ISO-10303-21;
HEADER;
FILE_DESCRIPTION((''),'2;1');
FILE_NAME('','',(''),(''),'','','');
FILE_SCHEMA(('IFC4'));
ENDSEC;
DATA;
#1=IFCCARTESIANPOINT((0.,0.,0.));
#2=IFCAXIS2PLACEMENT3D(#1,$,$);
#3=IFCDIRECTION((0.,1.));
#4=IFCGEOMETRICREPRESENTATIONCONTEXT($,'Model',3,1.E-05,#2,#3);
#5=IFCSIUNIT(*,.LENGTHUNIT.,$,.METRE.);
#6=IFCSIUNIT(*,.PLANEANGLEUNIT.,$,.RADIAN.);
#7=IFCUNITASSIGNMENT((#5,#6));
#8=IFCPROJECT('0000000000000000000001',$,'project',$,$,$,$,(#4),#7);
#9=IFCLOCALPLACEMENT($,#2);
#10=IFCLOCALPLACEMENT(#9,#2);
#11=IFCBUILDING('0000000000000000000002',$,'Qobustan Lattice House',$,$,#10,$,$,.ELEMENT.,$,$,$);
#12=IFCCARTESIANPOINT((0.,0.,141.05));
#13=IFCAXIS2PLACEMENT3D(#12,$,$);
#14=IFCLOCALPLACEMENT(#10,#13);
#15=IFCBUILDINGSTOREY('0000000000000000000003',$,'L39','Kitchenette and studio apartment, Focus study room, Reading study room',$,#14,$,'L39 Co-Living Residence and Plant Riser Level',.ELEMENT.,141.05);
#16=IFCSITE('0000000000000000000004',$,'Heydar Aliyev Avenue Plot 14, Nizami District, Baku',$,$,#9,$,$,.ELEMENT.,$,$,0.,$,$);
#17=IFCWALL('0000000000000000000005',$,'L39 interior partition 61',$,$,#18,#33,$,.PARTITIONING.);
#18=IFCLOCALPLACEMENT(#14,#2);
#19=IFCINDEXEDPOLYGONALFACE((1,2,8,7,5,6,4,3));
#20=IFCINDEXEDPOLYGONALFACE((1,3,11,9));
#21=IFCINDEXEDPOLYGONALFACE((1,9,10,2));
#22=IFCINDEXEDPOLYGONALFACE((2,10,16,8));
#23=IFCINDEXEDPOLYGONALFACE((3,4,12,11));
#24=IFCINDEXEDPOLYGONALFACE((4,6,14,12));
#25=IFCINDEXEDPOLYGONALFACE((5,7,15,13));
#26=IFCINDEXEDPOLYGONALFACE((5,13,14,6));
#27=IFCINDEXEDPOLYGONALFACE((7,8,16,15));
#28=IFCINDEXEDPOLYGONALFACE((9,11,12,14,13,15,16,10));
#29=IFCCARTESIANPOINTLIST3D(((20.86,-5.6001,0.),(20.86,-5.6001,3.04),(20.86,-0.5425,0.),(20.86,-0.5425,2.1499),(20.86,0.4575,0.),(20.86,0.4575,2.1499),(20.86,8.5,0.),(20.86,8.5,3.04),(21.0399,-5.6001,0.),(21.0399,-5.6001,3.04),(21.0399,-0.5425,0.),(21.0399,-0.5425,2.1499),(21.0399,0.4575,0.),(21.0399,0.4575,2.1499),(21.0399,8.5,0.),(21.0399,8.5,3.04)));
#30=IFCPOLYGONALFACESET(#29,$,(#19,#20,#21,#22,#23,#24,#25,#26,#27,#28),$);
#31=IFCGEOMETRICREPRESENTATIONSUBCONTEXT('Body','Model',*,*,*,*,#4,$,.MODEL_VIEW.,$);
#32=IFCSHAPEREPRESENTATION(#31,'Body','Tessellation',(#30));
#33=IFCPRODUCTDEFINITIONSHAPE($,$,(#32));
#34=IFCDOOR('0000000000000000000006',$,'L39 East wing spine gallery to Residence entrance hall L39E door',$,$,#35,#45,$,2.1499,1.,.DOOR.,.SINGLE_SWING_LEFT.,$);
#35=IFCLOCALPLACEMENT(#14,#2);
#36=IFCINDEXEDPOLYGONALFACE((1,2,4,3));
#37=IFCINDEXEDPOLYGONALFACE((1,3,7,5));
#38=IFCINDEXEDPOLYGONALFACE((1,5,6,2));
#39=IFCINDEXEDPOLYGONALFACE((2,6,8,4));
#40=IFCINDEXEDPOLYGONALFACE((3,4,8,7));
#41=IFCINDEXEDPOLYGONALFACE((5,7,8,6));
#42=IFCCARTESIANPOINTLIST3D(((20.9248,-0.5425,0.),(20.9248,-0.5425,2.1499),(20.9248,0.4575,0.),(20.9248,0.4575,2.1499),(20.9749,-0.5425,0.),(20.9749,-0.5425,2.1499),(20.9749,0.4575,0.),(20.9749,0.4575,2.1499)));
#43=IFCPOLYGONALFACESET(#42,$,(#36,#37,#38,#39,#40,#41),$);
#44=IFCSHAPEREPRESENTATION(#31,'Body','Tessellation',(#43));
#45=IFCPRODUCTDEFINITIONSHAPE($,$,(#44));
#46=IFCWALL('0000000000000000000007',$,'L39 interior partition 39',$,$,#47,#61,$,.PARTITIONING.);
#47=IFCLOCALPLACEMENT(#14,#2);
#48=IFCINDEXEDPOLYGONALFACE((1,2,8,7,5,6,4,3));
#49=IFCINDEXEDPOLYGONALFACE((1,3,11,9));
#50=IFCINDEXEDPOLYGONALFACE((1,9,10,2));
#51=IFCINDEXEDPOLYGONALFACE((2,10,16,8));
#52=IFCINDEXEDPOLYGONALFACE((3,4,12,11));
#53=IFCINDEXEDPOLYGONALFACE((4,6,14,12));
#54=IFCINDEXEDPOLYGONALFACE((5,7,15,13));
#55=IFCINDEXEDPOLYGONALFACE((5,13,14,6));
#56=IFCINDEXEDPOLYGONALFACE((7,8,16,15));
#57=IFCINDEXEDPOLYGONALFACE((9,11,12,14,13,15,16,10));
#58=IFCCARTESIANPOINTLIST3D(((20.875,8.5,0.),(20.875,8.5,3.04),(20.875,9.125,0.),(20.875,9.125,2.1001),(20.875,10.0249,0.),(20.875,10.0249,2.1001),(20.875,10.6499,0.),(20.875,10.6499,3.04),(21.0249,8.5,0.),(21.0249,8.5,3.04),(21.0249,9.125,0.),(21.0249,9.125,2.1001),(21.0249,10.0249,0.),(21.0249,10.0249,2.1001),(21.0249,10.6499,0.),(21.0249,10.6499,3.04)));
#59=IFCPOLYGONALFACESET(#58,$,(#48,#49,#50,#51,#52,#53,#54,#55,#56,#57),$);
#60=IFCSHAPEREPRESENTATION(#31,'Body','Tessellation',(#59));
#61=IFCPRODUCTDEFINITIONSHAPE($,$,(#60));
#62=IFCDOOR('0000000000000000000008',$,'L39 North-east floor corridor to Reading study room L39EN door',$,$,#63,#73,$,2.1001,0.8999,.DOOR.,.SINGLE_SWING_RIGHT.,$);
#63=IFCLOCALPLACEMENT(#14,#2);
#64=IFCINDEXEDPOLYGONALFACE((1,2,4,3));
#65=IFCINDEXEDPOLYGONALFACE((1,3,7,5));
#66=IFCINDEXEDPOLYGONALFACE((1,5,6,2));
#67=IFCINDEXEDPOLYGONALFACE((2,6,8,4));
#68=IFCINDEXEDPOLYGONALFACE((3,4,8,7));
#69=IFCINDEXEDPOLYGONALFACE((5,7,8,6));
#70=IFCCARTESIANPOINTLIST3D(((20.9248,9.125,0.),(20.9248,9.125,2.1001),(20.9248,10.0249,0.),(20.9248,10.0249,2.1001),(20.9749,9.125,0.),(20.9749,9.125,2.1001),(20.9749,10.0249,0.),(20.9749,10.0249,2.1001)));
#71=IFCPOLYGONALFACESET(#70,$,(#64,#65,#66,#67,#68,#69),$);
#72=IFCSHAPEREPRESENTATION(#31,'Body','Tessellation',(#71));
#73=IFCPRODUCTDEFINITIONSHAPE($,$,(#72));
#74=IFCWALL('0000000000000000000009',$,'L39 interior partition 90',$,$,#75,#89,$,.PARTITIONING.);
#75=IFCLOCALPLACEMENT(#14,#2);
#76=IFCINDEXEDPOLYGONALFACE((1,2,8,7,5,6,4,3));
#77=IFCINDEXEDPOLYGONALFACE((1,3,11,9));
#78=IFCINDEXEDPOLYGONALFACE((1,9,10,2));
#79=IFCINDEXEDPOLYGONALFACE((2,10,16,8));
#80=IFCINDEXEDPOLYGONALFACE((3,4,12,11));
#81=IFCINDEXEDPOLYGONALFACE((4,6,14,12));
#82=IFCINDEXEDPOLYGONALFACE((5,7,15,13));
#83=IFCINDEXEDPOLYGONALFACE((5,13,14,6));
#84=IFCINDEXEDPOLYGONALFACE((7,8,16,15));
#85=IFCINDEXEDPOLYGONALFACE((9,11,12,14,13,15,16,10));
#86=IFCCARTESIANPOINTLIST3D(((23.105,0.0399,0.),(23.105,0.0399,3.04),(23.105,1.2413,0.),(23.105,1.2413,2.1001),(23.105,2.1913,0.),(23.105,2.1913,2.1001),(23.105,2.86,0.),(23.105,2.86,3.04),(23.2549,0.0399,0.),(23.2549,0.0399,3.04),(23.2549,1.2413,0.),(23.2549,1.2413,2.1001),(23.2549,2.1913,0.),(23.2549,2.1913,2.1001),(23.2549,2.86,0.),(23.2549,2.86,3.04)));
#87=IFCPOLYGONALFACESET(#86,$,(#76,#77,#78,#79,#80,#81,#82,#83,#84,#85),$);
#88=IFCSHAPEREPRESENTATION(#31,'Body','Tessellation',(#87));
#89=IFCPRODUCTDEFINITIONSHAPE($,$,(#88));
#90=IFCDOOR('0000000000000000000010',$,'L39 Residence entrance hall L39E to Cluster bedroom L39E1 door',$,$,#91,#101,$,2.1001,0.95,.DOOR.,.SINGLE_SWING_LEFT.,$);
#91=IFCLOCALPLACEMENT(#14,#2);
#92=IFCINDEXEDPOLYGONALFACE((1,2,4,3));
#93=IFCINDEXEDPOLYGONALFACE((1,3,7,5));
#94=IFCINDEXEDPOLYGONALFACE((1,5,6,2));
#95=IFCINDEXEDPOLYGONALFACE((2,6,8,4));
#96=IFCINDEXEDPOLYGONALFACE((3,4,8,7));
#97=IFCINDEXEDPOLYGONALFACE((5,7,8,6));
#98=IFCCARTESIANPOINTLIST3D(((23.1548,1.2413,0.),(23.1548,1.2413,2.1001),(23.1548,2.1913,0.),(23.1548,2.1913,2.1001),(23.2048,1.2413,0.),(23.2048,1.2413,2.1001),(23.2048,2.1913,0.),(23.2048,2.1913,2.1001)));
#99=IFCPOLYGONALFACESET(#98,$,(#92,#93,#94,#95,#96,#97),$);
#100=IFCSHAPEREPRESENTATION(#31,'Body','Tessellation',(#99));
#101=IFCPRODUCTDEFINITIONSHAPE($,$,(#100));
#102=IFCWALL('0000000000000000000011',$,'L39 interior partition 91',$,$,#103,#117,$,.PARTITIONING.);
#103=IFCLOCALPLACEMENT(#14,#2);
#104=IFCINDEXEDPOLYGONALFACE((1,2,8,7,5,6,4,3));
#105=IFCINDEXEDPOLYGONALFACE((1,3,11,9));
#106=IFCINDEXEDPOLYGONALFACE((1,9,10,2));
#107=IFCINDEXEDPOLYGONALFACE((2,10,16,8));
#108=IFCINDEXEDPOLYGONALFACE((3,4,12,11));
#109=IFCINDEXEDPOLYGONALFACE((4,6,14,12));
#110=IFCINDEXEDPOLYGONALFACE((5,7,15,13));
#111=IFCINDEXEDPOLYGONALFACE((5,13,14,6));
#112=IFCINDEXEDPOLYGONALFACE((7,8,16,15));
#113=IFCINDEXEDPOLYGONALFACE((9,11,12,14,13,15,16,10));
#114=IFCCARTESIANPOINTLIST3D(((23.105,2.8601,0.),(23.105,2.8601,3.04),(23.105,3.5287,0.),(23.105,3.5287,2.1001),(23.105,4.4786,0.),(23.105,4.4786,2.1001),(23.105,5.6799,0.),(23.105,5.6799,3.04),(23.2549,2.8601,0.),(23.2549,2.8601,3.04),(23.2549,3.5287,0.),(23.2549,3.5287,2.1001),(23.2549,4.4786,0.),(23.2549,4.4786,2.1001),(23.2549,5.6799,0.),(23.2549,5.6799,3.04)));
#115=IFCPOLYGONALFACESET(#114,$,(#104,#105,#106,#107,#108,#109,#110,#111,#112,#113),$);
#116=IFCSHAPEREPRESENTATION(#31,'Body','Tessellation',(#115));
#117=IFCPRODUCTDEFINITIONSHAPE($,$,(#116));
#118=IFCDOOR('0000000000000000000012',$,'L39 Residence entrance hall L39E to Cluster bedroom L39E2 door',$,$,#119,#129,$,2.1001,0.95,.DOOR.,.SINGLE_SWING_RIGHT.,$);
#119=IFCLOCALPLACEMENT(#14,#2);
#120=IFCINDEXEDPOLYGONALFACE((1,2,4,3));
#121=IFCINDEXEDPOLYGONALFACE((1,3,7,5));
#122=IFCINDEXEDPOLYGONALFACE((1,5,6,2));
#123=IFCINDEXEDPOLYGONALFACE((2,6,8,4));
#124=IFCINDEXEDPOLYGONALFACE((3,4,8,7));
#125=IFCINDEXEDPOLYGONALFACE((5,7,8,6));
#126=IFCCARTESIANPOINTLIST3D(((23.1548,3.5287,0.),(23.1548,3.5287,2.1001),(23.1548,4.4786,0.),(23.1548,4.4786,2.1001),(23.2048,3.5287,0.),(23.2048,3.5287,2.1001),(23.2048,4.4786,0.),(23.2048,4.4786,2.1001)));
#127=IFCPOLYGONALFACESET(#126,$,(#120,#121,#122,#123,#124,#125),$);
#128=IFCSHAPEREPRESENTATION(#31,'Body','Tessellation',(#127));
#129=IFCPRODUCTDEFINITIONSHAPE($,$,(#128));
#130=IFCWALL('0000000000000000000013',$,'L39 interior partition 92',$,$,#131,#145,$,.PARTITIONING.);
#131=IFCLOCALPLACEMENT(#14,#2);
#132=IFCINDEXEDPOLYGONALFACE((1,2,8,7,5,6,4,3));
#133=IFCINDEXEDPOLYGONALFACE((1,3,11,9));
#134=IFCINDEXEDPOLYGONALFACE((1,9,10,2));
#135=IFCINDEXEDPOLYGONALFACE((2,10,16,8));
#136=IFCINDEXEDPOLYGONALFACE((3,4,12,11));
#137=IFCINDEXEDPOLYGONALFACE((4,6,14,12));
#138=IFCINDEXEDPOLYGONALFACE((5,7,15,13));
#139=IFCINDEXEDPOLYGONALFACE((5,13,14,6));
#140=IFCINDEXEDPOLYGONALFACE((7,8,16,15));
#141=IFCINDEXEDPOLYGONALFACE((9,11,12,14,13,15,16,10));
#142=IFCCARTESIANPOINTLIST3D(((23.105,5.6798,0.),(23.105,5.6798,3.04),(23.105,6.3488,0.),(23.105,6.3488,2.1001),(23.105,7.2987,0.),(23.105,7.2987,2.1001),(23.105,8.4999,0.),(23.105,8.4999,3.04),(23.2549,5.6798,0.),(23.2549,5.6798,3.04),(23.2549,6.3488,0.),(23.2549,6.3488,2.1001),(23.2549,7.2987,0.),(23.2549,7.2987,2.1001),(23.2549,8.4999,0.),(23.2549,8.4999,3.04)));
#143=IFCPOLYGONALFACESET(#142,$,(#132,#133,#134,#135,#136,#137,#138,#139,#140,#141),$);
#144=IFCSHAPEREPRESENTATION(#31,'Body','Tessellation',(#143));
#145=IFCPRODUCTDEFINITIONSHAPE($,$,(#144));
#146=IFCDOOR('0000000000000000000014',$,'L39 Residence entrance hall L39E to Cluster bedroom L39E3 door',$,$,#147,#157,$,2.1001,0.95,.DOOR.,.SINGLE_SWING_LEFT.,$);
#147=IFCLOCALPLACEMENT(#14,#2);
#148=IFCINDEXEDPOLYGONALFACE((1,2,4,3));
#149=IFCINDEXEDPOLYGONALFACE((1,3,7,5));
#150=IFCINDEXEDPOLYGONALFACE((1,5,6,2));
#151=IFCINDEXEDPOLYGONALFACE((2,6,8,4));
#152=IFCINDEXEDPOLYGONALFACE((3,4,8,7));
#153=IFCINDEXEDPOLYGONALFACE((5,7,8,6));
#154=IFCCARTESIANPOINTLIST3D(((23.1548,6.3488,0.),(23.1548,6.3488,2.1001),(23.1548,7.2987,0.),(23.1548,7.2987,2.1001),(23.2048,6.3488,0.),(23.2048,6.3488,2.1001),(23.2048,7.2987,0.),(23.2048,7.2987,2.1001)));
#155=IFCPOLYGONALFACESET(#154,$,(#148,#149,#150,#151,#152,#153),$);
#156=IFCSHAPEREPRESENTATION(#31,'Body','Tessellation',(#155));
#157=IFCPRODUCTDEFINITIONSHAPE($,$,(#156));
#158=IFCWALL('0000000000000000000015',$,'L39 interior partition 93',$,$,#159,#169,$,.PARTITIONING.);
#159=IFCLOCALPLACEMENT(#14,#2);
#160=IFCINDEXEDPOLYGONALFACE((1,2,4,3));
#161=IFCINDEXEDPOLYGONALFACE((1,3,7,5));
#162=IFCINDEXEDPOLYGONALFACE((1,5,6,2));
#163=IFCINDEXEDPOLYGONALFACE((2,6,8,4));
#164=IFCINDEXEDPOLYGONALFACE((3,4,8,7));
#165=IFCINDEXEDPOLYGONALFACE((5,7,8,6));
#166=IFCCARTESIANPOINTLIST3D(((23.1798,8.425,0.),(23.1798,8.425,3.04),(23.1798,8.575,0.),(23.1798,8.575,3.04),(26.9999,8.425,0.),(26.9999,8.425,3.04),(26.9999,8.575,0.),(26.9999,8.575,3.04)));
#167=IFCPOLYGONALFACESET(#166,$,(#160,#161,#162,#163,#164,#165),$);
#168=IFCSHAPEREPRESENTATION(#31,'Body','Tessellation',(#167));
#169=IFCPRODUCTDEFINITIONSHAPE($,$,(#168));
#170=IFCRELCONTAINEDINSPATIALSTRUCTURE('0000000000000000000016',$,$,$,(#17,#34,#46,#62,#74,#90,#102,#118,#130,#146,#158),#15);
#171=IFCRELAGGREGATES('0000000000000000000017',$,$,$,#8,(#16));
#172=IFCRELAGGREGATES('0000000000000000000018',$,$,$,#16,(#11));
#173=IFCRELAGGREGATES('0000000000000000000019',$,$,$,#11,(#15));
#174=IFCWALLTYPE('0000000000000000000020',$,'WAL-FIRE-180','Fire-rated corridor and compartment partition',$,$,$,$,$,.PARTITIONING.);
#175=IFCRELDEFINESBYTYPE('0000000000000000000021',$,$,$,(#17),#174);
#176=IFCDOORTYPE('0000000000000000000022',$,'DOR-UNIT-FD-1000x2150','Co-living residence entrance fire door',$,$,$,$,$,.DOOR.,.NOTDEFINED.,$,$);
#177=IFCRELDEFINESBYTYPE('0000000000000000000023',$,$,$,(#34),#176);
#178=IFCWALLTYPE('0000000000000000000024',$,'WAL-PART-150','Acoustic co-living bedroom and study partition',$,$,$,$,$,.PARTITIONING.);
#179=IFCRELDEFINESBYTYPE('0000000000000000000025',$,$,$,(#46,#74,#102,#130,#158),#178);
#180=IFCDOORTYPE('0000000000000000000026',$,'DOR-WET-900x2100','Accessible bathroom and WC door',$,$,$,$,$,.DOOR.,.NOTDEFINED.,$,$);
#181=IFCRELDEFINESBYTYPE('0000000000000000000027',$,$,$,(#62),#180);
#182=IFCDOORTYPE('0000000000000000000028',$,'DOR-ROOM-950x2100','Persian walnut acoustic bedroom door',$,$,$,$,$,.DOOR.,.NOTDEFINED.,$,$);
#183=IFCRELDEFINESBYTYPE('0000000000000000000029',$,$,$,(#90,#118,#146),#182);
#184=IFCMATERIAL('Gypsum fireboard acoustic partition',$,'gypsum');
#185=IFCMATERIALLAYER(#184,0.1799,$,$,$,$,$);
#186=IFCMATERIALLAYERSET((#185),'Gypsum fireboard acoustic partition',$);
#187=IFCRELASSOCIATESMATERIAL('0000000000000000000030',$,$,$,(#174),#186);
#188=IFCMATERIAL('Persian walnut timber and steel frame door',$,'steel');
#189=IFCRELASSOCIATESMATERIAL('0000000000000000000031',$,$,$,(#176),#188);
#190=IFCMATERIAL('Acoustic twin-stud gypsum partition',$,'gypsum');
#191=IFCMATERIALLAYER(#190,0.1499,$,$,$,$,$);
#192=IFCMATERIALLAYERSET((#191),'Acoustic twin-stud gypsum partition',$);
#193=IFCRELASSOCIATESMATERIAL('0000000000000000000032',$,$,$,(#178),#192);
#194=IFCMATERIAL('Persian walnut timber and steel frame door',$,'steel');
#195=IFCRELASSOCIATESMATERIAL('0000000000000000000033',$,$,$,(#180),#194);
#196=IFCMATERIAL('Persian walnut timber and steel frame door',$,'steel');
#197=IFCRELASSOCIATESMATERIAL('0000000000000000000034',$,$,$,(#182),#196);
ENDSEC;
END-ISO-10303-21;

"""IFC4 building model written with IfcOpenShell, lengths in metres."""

from ifc_helpers import new_model, si_unit, direction, frame, frame_2d, origin, place, context, subcontext, project, spatial, rectangle, extrude, material, layer, layer_set, type_object, element, fill, save


model = new_model("IFC4")

# Units and contexts
model_context = context("Model", 3, precision=1e-05, world=origin(), true_north=direction((0.0, 1.0)))
body_context = subcontext(model_context, "Body", "Model", "MODEL_VIEW")
ifc_project = project(units=[si_unit("LENGTHUNIT", "METRE"), si_unit("PLANEANGLEUNIT", "RADIAN")], contexts=[model_context])

# Site, building, storey
site_placement = place(None, origin())
site = spatial("IfcSite", under=ifc_project, at=site_placement, Name="Heydar Aliyev Avenue Plot 14, Nizami District, Baku", CompositionType="ELEMENT", RefElevation=0.0)
building_placement = place(site_placement, origin())
building = spatial("IfcBuilding", under=site, at=building_placement, Name="Qobustan Lattice House", CompositionType="ELEMENT")
storey_placement = place(building_placement, frame((0.0, 0.0, 141.05)))
storey = spatial("IfcBuildingStorey", under=building, at=storey_placement, Name="L39", Description="Kitchenette and studio apartment, Focus study room, Reading study room", LongName="L39 Co-Living Residence and Plant Riser Level", CompositionType="ELEMENT", Elevation=141.05)

# Walls, openings, doors
ifc_material_1 = material(Name="Gypsum fireboard acoustic partition", Category="gypsum")
ifc_layer_1 = layer(ifc_material_1, 0.1799)
ifc_layer_set_1 = layer_set([ifc_layer_1], Name="Gypsum fireboard acoustic partition")
wall_type_1 = type_object("IfcWallType", Name="WAL-FIRE-180", Description="Fire-rated corridor and compartment partition", PredefinedType="PARTITIONING", material=ifc_layer_set_1)
wall_1_placement = place(storey_placement, frame((20.95, 8.5, 0.0), z_axis=(0.0, 0.0, 1.0), x_axis=(0.0, -1.0, 0.0)))
wall_1 = element("IfcWall", 1, at=wall_1_placement, inside=storey, type_object=wall_type_1, Name="L39 interior partition 61", PredefinedType="PARTITIONING", context=body_context, shape_type="SweptSolid", body=[
    extrude(rectangle(XDim=14.1001, YDim=0.1799, at=frame_2d((7.05, 0.0))), origin(), (0.0, 0.0, 1.0), 3.04),
])
opening_1_placement = place(wall_1_placement, frame((8.0425, 0.0, 0.0)))
opening_1 = element("IfcOpeningElement", 2, at=opening_1_placement, cuts=wall_1, PredefinedType="OPENING", context=body_context, shape_type="SweptSolid", body=[
    extrude(rectangle(XDim=1.0, YDim=2.1499, at=frame_2d((0.5, 1.075))), frame((0.0, 0.0999, 0.0), z_axis=(0.0, -1.0, 0.0), x_axis=(1.0, 0.0, 0.0)), (0.0, 0.0, 1.0), 0.2),
])
ifc_material_2 = material(Name="Persian walnut timber and steel frame door", Category="steel")
door_type_1 = type_object("IfcDoorType", Name="DOR-UNIT-FD-1000x2150", Description="Co-living residence entrance fire door", OperationType="NOTDEFINED", PredefinedType="DOOR", material=ifc_material_2)
door_1_placement = place(opening_1_placement, origin())
door_1 = element("IfcDoor", 3, at=door_1_placement, inside=storey, type_object=door_type_1, Name="L39 East wing spine gallery to Residence entrance hall L39E door", OperationType="SINGLE_SWING_LEFT", OverallHeight=2.1499, OverallWidth=1.0, PredefinedType="DOOR", context=body_context, shape_type="SweptSolid", body=[
    extrude(rectangle(XDim=1.0, YDim=2.1499, at=frame_2d((0.5, 1.075))), frame((0.0, 0.0249, 0.0), z_axis=(0.0, -1.0, 0.0), x_axis=(1.0, 0.0, 0.0)), (0.0, 0.0, 1.0), 0.05),
])
fill(opening_1, door_1)
ifc_material_3 = material(Name="Acoustic twin-stud gypsum partition", Category="gypsum")
ifc_layer_2 = layer(ifc_material_3, 0.1499)
ifc_layer_set_2 = layer_set([ifc_layer_2], Name="Acoustic twin-stud gypsum partition")
wall_type_2 = type_object("IfcWallType", Name="WAL-PART-150", Description="Acoustic co-living bedroom and study partition", PredefinedType="PARTITIONING", material=ifc_layer_set_2)
wall_2_placement = place(storey_placement, frame((20.95, 10.6499, 0.0), z_axis=(0.0, 0.0, 1.0), x_axis=(0.0, -1.0, 0.0)))
wall_2 = element("IfcWall", 4, at=wall_2_placement, inside=storey, type_object=wall_type_2, Name="L39 interior partition 39", PredefinedType="PARTITIONING", context=body_context, shape_type="SweptSolid", body=[
    extrude(rectangle(XDim=2.1499, YDim=0.1499, at=frame_2d((1.075, 0.0))), origin(), (0.0, 0.0, 1.0), 3.04),
])
opening_2_placement = place(wall_2_placement, frame((0.625, 0.0, 0.0)))
opening_2 = element("IfcOpeningElement", 5, at=opening_2_placement, cuts=wall_2, PredefinedType="OPENING", context=body_context, shape_type="SweptSolid", body=[
    extrude(rectangle(XDim=0.8999, YDim=2.1001, at=frame_2d((0.45, 1.05))), frame((0.0, 0.085, 0.0), z_axis=(0.0, -1.0, 0.0), x_axis=(1.0, 0.0, 0.0)), (0.0, 0.0, 1.0), 0.1699),
])
ifc_material_4 = material(Name="Persian walnut timber and steel frame door", Category="steel")
door_type_2 = type_object("IfcDoorType", Name="DOR-WET-900x2100", Description="Accessible bathroom and WC door", OperationType="NOTDEFINED", PredefinedType="DOOR", material=ifc_material_4)
door_2_placement = place(opening_2_placement, origin())
door_2 = element("IfcDoor", 6, at=door_2_placement, inside=storey, type_object=door_type_2, Name="L39 North-east floor corridor to Reading study room L39EN door", OperationType="SINGLE_SWING_RIGHT", OverallHeight=2.1001, OverallWidth=0.8999, PredefinedType="DOOR", context=body_context, shape_type="SweptSolid", body=[
    extrude(rectangle(XDim=0.8999, YDim=2.1001, at=frame_2d((0.45, 1.05))), frame((0.0, 0.0249, 0.0), z_axis=(0.0, -1.0, 0.0), x_axis=(1.0, 0.0, 0.0)), (0.0, 0.0, 1.0), 0.05),
])
fill(opening_2, door_2)
wall_3_placement = place(storey_placement, frame((23.1799, 2.8601, 0.0), z_axis=(0.0, 0.0, 1.0), x_axis=(0.0, -1.0, 0.0)))
wall_3 = element("IfcWall", 7, at=wall_3_placement, inside=storey, type_object=wall_type_2, Name="L39 interior partition 90", PredefinedType="PARTITIONING", context=body_context, shape_type="SweptSolid", body=[
    extrude(rectangle(XDim=2.8201, YDim=0.1499, at=frame_2d((1.4102, 0.0))), origin(), (0.0, 0.0, 1.0), 3.04),
])
opening_3_placement = place(wall_3_placement, frame((0.6687, 0.0, 0.0)))
opening_3 = element("IfcOpeningElement", 8, at=opening_3_placement, cuts=wall_3, PredefinedType="OPENING", context=body_context, shape_type="SweptSolid", body=[
    extrude(rectangle(XDim=0.95, YDim=2.1001, at=frame_2d((0.4751, 1.05))), frame((0.0, 0.085, 0.0), z_axis=(0.0, -1.0, 0.0), x_axis=(1.0, 0.0, 0.0)), (0.0, 0.0, 1.0), 0.1699),
])
ifc_material_5 = material(Name="Persian walnut timber and steel frame door", Category="steel")
door_type_3 = type_object("IfcDoorType", Name="DOR-ROOM-950x2100", Description="Persian walnut acoustic bedroom door", OperationType="NOTDEFINED", PredefinedType="DOOR", material=ifc_material_5)
door_3_placement = place(opening_3_placement, origin())
door_3 = element("IfcDoor", 9, at=door_3_placement, inside=storey, type_object=door_type_3, Name="L39 Residence entrance hall L39E to Cluster bedroom L39E1 door", OperationType="SINGLE_SWING_LEFT", OverallHeight=2.1001, OverallWidth=0.95, PredefinedType="DOOR", context=body_context, shape_type="SweptSolid", body=[
    extrude(rectangle(XDim=0.95, YDim=2.1001, at=frame_2d((0.4751, 1.05))), frame((0.0, 0.0249, 0.0), z_axis=(0.0, -1.0, 0.0), x_axis=(1.0, 0.0, 0.0)), (0.0, 0.0, 1.0), 0.05),
])
fill(opening_3, door_3)
wall_4_placement = place(storey_placement, frame((23.1799, 5.6799, 0.0), z_axis=(0.0, 0.0, 1.0), x_axis=(0.0, -1.0, 0.0)))
wall_4 = element("IfcWall", 10, at=wall_4_placement, inside=storey, type_object=wall_type_2, Name="L39 interior partition 91", PredefinedType="PARTITIONING", context=body_context, shape_type="SweptSolid", body=[
    extrude(rectangle(XDim=2.8198, YDim=0.1499, at=frame_2d((1.4099, 0.0))), origin(), (0.0, 0.0, 1.0), 3.04),
])
opening_4_placement = place(wall_4_placement, frame((1.2012, 0.0, 0.0)))
opening_4 = element("IfcOpeningElement", 11, at=opening_4_placement, cuts=wall_4, PredefinedType="OPENING", context=body_context, shape_type="SweptSolid", body=[
    extrude(rectangle(XDim=0.95, YDim=2.1001, at=frame_2d((0.4751, 1.05))), frame((0.0, 0.085, 0.0), z_axis=(0.0, -1.0, 0.0), x_axis=(1.0, 0.0, 0.0)), (0.0, 0.0, 1.0), 0.1699),
])
door_4_placement = place(opening_4_placement, origin())
door_4 = element("IfcDoor", 12, at=door_4_placement, inside=storey, type_object=door_type_3, Name="L39 Residence entrance hall L39E to Cluster bedroom L39E2 door", OperationType="SINGLE_SWING_RIGHT", OverallHeight=2.1001, OverallWidth=0.95, PredefinedType="DOOR", context=body_context, shape_type="SweptSolid", body=[
    extrude(rectangle(XDim=0.95, YDim=2.1001, at=frame_2d((0.4751, 1.05))), frame((0.0, 0.0249, 0.0), z_axis=(0.0, -1.0, 0.0), x_axis=(1.0, 0.0, 0.0)), (0.0, 0.0, 1.0), 0.05),
])
fill(opening_4, door_4)
wall_5_placement = place(storey_placement, frame((23.1799, 8.5, 0.0), z_axis=(0.0, 0.0, 1.0), x_axis=(0.0, -1.0, 0.0)))
wall_5 = element("IfcWall", 13, at=wall_5_placement, inside=storey, type_object=wall_type_2, Name="L39 interior partition 92", PredefinedType="PARTITIONING", context=body_context, shape_type="SweptSolid", body=[
    extrude(rectangle(XDim=2.8201, YDim=0.1499, at=frame_2d((1.4102, 0.0))), origin(), (0.0, 0.0, 1.0), 3.04),
])
opening_5_placement = place(wall_5_placement, frame((1.2012, 0.0, 0.0)))
opening_5 = element("IfcOpeningElement", 14, at=opening_5_placement, cuts=wall_5, PredefinedType="OPENING", context=body_context, shape_type="SweptSolid", body=[
    extrude(rectangle(XDim=0.95, YDim=2.1001, at=frame_2d((0.4751, 1.05))), frame((0.0, 0.085, 0.0), z_axis=(0.0, -1.0, 0.0), x_axis=(1.0, 0.0, 0.0)), (0.0, 0.0, 1.0), 0.1699),
])
door_5_placement = place(opening_5_placement, origin())
door_5 = element("IfcDoor", 15, at=door_5_placement, inside=storey, type_object=door_type_3, Name="L39 Residence entrance hall L39E to Cluster bedroom L39E3 door", OperationType="SINGLE_SWING_LEFT", OverallHeight=2.1001, OverallWidth=0.95, PredefinedType="DOOR", context=body_context, shape_type="SweptSolid", body=[
    extrude(rectangle(XDim=0.95, YDim=2.1001, at=frame_2d((0.4751, 1.05))), frame((0.0, 0.0249, 0.0), z_axis=(0.0, -1.0, 0.0), x_axis=(1.0, 0.0, 0.0)), (0.0, 0.0, 1.0), 0.05),
])
fill(opening_5, door_5)

# Wall
wall_6_placement = place(storey_placement, frame((27.0, 8.5, 0.0), z_axis=(0.0, 0.0, 1.0), x_axis=(-1.0, 0.0, 0.0)))
element("IfcWall", 16, at=wall_6_placement, inside=storey, type_object=wall_type_2, Name="L39 interior partition 93", PredefinedType="PARTITIONING", context=body_context, shape_type="SweptSolid", body=[
    extrude(rectangle(XDim=3.8201, YDim=0.1499, at=frame_2d((1.9102, 0.0))), origin(), (0.0, 0.0, 1.0), 3.04),
])

save(model, "model.ifc")
